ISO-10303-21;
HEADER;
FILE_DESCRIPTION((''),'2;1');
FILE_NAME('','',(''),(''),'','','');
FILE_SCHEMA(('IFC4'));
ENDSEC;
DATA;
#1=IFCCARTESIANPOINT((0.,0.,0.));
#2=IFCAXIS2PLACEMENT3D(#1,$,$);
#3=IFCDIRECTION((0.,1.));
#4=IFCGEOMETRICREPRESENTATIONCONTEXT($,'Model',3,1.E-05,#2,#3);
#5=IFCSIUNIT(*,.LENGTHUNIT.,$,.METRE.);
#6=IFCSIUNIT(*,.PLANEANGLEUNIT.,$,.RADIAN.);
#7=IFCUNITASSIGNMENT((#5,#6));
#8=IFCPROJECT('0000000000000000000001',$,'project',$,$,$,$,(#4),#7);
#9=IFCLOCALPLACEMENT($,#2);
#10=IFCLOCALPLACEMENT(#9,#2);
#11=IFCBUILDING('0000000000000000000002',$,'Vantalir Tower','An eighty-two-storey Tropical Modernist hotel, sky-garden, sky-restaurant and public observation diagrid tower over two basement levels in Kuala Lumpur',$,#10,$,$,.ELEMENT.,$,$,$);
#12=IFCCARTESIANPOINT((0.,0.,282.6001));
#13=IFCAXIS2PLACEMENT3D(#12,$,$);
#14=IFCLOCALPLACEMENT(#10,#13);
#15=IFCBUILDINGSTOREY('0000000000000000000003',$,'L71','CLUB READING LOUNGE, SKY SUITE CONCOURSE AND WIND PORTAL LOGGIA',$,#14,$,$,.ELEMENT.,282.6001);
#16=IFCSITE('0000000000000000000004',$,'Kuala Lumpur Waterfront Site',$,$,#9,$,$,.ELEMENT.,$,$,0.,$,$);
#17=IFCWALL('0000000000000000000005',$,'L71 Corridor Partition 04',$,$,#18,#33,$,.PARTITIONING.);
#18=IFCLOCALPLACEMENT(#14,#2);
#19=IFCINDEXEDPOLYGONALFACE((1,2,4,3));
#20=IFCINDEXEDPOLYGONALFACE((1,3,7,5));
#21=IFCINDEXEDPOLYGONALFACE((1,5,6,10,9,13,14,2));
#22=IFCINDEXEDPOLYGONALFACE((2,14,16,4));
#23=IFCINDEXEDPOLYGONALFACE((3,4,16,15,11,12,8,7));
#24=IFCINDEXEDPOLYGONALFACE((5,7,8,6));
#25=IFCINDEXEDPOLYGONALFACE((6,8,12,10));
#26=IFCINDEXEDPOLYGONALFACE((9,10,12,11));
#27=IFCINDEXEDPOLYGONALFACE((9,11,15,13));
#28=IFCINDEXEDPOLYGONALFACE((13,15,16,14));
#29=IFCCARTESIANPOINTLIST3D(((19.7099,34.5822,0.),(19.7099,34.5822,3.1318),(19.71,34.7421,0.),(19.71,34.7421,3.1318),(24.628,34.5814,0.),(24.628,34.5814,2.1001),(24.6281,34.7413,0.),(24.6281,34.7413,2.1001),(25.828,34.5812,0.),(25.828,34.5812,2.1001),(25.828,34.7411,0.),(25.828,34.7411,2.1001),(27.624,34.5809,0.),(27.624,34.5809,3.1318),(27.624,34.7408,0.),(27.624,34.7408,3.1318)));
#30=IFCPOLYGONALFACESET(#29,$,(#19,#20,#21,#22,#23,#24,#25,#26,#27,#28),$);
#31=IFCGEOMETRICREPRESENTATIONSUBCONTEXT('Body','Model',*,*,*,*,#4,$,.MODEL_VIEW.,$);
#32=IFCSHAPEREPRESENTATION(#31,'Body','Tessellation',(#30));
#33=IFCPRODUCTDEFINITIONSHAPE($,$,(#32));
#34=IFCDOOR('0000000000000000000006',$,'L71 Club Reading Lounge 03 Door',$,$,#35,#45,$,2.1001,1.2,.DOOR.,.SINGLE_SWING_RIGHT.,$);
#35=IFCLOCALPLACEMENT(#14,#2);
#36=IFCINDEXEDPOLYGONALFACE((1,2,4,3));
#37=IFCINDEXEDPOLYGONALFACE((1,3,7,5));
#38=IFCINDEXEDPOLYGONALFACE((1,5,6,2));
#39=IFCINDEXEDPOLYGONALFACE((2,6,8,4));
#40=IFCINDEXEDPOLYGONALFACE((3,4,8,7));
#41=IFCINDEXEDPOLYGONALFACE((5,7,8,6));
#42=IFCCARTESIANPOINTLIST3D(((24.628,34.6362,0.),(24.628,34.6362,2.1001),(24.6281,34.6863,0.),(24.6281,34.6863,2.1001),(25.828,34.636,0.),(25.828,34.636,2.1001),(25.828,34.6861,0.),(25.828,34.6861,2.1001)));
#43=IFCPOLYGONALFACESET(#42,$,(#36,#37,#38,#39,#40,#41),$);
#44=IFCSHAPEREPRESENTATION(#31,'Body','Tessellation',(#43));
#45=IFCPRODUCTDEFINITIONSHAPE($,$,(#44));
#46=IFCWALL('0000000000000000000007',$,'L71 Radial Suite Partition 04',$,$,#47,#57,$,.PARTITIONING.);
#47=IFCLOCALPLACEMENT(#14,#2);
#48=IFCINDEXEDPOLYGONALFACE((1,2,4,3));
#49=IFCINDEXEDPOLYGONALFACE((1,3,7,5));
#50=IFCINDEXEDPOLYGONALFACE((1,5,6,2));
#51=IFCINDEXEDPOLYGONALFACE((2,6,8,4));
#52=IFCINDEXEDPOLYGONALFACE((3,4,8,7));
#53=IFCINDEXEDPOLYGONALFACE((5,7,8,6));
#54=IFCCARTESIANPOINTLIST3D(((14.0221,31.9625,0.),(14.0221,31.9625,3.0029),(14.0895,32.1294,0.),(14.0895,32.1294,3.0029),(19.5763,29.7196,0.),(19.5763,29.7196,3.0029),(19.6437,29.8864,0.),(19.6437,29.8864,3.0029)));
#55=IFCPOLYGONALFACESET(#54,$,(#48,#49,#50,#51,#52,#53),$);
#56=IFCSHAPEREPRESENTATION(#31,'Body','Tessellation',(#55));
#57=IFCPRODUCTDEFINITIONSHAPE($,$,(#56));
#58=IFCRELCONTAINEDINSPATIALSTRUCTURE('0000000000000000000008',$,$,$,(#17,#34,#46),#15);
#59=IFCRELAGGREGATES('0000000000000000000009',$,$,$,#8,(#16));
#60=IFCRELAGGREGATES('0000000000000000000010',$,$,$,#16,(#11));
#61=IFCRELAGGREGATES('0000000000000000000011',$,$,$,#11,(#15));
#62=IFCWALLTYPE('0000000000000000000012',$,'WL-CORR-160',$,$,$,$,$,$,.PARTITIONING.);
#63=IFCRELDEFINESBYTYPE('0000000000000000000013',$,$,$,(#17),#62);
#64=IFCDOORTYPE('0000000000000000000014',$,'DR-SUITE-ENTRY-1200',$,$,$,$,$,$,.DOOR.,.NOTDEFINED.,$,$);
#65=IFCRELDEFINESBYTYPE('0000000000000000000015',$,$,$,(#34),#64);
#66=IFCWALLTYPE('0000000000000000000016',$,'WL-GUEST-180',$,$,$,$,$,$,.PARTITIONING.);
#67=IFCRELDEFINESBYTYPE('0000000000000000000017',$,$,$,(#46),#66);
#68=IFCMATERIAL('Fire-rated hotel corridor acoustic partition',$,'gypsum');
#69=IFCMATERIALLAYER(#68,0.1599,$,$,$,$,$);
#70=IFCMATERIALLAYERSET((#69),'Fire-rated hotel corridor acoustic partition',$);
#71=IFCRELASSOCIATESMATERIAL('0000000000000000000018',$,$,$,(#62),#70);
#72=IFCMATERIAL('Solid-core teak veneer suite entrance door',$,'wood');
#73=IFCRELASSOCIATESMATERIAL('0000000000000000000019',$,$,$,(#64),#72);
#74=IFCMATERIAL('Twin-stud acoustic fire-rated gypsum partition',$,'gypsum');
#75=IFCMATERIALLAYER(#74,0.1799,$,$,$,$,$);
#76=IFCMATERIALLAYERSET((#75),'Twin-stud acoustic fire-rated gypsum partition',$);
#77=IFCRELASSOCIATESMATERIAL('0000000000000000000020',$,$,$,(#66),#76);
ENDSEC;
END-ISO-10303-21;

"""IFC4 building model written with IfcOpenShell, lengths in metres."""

from ifc_helpers import new_model, si_unit, direction, frame, frame_2d, origin, place, context, subcontext, project, spatial, rectangle, extrude, material, layer, layer_set, type_object, element, fill, save


model = new_model("IFC4")

# Units and contexts
model_context = context("Model", 3, precision=1e-05, world=origin(), true_north=direction((0.0, 1.0)))
body_context = subcontext(model_context, "Body", "Model", "MODEL_VIEW")
ifc_project = project(units=[si_unit("LENGTHUNIT", "METRE"), si_unit("PLANEANGLEUNIT", "RADIAN")], contexts=[model_context])

# Site, building, storey
site_placement = place(None, origin())
site = spatial("IfcSite", under=ifc_project, at=site_placement, Name="Kuala Lumpur Waterfront Site", CompositionType="ELEMENT", RefElevation=0.0)
building_placement = place(site_placement, origin())
building = spatial("IfcBuilding", under=site, at=building_placement, Name="Vantalir Tower", Description="An eighty-two-storey Tropical Modernist hotel, sky-garden, sky-restaurant and public observation diagrid tower over two basement levels in Kuala Lumpur", CompositionType="ELEMENT")
storey_placement = place(building_placement, frame((0.0, 0.0, 282.6001)))
storey = spatial("IfcBuildingStorey", under=building, at=storey_placement, Name="L71", Description="CLUB READING LOUNGE, SKY SUITE CONCOURSE AND WIND PORTAL LOGGIA", CompositionType="ELEMENT", Elevation=282.6001)

# Wall, opening, door
ifc_material_1 = material(Name="Fire-rated hotel corridor acoustic partition", Category="gypsum")
ifc_layer_1 = layer(ifc_material_1, 0.1599)
ifc_layer_set_1 = layer_set([ifc_layer_1], Name="Fire-rated hotel corridor acoustic partition")
wall_type_1 = type_object("IfcWallType", Name="WL-CORR-160", PredefinedType="PARTITIONING", material=ifc_layer_set_1)
wall_1_placement = place(storey_placement, frame((19.71, 34.6621, 0.0), z_axis=(0.0, 0.0, 1.0), x_axis=(1.0, -0.000154, 0.0)))
wall_1 = element("IfcWall", 1, at=wall_1_placement, inside=storey, type_object=wall_type_1, Name="L71 Corridor Partition 04", PredefinedType="PARTITIONING", context=body_context, shape_type="SweptSolid", body=[
    extrude(rectangle(XDim=7.9141, YDim=0.1599, at=frame_2d((3.957, 0.0))), origin(), (0.0, 0.0, 1.0), 3.1318),
])
opening_1_placement = place(wall_1_placement, frame((4.918, 0.0, 0.0)))
opening_1 = element("IfcOpeningElement", 2, at=opening_1_placement, cuts=wall_1, PredefinedType="OPENING", context=body_context, shape_type="SweptSolid", body=[
    extrude(rectangle(XDim=1.2, YDim=2.1001, at=frame_2d((0.6001, 1.05))), frame((0.0, 0.0898, 0.0), z_axis=(0.0, -1.0, 0.0), x_axis=(1.0, 0.0, 0.0)), (0.0, 0.0, 1.0), 0.1799),
])
ifc_material_2 = material(Name="Solid-core teak veneer suite entrance door", Category="wood")
door_type_1 = type_object("IfcDoorType", Name="DR-SUITE-ENTRY-1200", OperationType="NOTDEFINED", PredefinedType="DOOR", material=ifc_material_2)
door_1_placement = place(opening_1_placement, origin())
door_1 = element("IfcDoor", 3, at=door_1_placement, inside=storey, type_object=door_type_1, Name="L71 Club Reading Lounge 03 Door", OperationType="SINGLE_SWING_RIGHT", OverallHeight=2.1001, OverallWidth=1.2, PredefinedType="DOOR", context=body_context, shape_type="SweptSolid", body=[
    extrude(rectangle(XDim=1.2, YDim=2.1001, at=frame_2d((0.6001, 1.05))), frame((0.0, 0.0249, 0.0), z_axis=(0.0, -1.0, 0.0), x_axis=(1.0, 0.0, 0.0)), (0.0, 0.0, 1.0), 0.05),
])
fill(opening_1, door_1)

# Wall
ifc_material_3 = material(Name="Twin-stud acoustic fire-rated gypsum partition", Category="gypsum")
ifc_layer_2 = layer(ifc_material_3, 0.1799)
ifc_layer_set_2 = layer_set([ifc_layer_2], Name="Twin-stud acoustic fire-rated gypsum partition")
wall_type_2 = type_object("IfcWallType", Name="WL-GUEST-180", PredefinedType="PARTITIONING", material=ifc_layer_set_2)
wall_2_placement = place(storey_placement, frame((19.6101, 29.803, 0.0), z_axis=(0.0, 0.0, 1.0), x_axis=(-0.927249, 0.374446, 0.0)))
element("IfcWall", 4, at=wall_2_placement, inside=storey, type_object=wall_type_2, Name="L71 Radial Suite Partition 04", PredefinedType="PARTITIONING", context=body_context, shape_type="SweptSolid", body=[
    extrude(rectangle(XDim=5.99, YDim=0.1799, at=frame_2d((2.9951, 0.0))), origin(), (0.0, 0.0, 1.0), 3.0029),
])

save(model, "model.ifc")
